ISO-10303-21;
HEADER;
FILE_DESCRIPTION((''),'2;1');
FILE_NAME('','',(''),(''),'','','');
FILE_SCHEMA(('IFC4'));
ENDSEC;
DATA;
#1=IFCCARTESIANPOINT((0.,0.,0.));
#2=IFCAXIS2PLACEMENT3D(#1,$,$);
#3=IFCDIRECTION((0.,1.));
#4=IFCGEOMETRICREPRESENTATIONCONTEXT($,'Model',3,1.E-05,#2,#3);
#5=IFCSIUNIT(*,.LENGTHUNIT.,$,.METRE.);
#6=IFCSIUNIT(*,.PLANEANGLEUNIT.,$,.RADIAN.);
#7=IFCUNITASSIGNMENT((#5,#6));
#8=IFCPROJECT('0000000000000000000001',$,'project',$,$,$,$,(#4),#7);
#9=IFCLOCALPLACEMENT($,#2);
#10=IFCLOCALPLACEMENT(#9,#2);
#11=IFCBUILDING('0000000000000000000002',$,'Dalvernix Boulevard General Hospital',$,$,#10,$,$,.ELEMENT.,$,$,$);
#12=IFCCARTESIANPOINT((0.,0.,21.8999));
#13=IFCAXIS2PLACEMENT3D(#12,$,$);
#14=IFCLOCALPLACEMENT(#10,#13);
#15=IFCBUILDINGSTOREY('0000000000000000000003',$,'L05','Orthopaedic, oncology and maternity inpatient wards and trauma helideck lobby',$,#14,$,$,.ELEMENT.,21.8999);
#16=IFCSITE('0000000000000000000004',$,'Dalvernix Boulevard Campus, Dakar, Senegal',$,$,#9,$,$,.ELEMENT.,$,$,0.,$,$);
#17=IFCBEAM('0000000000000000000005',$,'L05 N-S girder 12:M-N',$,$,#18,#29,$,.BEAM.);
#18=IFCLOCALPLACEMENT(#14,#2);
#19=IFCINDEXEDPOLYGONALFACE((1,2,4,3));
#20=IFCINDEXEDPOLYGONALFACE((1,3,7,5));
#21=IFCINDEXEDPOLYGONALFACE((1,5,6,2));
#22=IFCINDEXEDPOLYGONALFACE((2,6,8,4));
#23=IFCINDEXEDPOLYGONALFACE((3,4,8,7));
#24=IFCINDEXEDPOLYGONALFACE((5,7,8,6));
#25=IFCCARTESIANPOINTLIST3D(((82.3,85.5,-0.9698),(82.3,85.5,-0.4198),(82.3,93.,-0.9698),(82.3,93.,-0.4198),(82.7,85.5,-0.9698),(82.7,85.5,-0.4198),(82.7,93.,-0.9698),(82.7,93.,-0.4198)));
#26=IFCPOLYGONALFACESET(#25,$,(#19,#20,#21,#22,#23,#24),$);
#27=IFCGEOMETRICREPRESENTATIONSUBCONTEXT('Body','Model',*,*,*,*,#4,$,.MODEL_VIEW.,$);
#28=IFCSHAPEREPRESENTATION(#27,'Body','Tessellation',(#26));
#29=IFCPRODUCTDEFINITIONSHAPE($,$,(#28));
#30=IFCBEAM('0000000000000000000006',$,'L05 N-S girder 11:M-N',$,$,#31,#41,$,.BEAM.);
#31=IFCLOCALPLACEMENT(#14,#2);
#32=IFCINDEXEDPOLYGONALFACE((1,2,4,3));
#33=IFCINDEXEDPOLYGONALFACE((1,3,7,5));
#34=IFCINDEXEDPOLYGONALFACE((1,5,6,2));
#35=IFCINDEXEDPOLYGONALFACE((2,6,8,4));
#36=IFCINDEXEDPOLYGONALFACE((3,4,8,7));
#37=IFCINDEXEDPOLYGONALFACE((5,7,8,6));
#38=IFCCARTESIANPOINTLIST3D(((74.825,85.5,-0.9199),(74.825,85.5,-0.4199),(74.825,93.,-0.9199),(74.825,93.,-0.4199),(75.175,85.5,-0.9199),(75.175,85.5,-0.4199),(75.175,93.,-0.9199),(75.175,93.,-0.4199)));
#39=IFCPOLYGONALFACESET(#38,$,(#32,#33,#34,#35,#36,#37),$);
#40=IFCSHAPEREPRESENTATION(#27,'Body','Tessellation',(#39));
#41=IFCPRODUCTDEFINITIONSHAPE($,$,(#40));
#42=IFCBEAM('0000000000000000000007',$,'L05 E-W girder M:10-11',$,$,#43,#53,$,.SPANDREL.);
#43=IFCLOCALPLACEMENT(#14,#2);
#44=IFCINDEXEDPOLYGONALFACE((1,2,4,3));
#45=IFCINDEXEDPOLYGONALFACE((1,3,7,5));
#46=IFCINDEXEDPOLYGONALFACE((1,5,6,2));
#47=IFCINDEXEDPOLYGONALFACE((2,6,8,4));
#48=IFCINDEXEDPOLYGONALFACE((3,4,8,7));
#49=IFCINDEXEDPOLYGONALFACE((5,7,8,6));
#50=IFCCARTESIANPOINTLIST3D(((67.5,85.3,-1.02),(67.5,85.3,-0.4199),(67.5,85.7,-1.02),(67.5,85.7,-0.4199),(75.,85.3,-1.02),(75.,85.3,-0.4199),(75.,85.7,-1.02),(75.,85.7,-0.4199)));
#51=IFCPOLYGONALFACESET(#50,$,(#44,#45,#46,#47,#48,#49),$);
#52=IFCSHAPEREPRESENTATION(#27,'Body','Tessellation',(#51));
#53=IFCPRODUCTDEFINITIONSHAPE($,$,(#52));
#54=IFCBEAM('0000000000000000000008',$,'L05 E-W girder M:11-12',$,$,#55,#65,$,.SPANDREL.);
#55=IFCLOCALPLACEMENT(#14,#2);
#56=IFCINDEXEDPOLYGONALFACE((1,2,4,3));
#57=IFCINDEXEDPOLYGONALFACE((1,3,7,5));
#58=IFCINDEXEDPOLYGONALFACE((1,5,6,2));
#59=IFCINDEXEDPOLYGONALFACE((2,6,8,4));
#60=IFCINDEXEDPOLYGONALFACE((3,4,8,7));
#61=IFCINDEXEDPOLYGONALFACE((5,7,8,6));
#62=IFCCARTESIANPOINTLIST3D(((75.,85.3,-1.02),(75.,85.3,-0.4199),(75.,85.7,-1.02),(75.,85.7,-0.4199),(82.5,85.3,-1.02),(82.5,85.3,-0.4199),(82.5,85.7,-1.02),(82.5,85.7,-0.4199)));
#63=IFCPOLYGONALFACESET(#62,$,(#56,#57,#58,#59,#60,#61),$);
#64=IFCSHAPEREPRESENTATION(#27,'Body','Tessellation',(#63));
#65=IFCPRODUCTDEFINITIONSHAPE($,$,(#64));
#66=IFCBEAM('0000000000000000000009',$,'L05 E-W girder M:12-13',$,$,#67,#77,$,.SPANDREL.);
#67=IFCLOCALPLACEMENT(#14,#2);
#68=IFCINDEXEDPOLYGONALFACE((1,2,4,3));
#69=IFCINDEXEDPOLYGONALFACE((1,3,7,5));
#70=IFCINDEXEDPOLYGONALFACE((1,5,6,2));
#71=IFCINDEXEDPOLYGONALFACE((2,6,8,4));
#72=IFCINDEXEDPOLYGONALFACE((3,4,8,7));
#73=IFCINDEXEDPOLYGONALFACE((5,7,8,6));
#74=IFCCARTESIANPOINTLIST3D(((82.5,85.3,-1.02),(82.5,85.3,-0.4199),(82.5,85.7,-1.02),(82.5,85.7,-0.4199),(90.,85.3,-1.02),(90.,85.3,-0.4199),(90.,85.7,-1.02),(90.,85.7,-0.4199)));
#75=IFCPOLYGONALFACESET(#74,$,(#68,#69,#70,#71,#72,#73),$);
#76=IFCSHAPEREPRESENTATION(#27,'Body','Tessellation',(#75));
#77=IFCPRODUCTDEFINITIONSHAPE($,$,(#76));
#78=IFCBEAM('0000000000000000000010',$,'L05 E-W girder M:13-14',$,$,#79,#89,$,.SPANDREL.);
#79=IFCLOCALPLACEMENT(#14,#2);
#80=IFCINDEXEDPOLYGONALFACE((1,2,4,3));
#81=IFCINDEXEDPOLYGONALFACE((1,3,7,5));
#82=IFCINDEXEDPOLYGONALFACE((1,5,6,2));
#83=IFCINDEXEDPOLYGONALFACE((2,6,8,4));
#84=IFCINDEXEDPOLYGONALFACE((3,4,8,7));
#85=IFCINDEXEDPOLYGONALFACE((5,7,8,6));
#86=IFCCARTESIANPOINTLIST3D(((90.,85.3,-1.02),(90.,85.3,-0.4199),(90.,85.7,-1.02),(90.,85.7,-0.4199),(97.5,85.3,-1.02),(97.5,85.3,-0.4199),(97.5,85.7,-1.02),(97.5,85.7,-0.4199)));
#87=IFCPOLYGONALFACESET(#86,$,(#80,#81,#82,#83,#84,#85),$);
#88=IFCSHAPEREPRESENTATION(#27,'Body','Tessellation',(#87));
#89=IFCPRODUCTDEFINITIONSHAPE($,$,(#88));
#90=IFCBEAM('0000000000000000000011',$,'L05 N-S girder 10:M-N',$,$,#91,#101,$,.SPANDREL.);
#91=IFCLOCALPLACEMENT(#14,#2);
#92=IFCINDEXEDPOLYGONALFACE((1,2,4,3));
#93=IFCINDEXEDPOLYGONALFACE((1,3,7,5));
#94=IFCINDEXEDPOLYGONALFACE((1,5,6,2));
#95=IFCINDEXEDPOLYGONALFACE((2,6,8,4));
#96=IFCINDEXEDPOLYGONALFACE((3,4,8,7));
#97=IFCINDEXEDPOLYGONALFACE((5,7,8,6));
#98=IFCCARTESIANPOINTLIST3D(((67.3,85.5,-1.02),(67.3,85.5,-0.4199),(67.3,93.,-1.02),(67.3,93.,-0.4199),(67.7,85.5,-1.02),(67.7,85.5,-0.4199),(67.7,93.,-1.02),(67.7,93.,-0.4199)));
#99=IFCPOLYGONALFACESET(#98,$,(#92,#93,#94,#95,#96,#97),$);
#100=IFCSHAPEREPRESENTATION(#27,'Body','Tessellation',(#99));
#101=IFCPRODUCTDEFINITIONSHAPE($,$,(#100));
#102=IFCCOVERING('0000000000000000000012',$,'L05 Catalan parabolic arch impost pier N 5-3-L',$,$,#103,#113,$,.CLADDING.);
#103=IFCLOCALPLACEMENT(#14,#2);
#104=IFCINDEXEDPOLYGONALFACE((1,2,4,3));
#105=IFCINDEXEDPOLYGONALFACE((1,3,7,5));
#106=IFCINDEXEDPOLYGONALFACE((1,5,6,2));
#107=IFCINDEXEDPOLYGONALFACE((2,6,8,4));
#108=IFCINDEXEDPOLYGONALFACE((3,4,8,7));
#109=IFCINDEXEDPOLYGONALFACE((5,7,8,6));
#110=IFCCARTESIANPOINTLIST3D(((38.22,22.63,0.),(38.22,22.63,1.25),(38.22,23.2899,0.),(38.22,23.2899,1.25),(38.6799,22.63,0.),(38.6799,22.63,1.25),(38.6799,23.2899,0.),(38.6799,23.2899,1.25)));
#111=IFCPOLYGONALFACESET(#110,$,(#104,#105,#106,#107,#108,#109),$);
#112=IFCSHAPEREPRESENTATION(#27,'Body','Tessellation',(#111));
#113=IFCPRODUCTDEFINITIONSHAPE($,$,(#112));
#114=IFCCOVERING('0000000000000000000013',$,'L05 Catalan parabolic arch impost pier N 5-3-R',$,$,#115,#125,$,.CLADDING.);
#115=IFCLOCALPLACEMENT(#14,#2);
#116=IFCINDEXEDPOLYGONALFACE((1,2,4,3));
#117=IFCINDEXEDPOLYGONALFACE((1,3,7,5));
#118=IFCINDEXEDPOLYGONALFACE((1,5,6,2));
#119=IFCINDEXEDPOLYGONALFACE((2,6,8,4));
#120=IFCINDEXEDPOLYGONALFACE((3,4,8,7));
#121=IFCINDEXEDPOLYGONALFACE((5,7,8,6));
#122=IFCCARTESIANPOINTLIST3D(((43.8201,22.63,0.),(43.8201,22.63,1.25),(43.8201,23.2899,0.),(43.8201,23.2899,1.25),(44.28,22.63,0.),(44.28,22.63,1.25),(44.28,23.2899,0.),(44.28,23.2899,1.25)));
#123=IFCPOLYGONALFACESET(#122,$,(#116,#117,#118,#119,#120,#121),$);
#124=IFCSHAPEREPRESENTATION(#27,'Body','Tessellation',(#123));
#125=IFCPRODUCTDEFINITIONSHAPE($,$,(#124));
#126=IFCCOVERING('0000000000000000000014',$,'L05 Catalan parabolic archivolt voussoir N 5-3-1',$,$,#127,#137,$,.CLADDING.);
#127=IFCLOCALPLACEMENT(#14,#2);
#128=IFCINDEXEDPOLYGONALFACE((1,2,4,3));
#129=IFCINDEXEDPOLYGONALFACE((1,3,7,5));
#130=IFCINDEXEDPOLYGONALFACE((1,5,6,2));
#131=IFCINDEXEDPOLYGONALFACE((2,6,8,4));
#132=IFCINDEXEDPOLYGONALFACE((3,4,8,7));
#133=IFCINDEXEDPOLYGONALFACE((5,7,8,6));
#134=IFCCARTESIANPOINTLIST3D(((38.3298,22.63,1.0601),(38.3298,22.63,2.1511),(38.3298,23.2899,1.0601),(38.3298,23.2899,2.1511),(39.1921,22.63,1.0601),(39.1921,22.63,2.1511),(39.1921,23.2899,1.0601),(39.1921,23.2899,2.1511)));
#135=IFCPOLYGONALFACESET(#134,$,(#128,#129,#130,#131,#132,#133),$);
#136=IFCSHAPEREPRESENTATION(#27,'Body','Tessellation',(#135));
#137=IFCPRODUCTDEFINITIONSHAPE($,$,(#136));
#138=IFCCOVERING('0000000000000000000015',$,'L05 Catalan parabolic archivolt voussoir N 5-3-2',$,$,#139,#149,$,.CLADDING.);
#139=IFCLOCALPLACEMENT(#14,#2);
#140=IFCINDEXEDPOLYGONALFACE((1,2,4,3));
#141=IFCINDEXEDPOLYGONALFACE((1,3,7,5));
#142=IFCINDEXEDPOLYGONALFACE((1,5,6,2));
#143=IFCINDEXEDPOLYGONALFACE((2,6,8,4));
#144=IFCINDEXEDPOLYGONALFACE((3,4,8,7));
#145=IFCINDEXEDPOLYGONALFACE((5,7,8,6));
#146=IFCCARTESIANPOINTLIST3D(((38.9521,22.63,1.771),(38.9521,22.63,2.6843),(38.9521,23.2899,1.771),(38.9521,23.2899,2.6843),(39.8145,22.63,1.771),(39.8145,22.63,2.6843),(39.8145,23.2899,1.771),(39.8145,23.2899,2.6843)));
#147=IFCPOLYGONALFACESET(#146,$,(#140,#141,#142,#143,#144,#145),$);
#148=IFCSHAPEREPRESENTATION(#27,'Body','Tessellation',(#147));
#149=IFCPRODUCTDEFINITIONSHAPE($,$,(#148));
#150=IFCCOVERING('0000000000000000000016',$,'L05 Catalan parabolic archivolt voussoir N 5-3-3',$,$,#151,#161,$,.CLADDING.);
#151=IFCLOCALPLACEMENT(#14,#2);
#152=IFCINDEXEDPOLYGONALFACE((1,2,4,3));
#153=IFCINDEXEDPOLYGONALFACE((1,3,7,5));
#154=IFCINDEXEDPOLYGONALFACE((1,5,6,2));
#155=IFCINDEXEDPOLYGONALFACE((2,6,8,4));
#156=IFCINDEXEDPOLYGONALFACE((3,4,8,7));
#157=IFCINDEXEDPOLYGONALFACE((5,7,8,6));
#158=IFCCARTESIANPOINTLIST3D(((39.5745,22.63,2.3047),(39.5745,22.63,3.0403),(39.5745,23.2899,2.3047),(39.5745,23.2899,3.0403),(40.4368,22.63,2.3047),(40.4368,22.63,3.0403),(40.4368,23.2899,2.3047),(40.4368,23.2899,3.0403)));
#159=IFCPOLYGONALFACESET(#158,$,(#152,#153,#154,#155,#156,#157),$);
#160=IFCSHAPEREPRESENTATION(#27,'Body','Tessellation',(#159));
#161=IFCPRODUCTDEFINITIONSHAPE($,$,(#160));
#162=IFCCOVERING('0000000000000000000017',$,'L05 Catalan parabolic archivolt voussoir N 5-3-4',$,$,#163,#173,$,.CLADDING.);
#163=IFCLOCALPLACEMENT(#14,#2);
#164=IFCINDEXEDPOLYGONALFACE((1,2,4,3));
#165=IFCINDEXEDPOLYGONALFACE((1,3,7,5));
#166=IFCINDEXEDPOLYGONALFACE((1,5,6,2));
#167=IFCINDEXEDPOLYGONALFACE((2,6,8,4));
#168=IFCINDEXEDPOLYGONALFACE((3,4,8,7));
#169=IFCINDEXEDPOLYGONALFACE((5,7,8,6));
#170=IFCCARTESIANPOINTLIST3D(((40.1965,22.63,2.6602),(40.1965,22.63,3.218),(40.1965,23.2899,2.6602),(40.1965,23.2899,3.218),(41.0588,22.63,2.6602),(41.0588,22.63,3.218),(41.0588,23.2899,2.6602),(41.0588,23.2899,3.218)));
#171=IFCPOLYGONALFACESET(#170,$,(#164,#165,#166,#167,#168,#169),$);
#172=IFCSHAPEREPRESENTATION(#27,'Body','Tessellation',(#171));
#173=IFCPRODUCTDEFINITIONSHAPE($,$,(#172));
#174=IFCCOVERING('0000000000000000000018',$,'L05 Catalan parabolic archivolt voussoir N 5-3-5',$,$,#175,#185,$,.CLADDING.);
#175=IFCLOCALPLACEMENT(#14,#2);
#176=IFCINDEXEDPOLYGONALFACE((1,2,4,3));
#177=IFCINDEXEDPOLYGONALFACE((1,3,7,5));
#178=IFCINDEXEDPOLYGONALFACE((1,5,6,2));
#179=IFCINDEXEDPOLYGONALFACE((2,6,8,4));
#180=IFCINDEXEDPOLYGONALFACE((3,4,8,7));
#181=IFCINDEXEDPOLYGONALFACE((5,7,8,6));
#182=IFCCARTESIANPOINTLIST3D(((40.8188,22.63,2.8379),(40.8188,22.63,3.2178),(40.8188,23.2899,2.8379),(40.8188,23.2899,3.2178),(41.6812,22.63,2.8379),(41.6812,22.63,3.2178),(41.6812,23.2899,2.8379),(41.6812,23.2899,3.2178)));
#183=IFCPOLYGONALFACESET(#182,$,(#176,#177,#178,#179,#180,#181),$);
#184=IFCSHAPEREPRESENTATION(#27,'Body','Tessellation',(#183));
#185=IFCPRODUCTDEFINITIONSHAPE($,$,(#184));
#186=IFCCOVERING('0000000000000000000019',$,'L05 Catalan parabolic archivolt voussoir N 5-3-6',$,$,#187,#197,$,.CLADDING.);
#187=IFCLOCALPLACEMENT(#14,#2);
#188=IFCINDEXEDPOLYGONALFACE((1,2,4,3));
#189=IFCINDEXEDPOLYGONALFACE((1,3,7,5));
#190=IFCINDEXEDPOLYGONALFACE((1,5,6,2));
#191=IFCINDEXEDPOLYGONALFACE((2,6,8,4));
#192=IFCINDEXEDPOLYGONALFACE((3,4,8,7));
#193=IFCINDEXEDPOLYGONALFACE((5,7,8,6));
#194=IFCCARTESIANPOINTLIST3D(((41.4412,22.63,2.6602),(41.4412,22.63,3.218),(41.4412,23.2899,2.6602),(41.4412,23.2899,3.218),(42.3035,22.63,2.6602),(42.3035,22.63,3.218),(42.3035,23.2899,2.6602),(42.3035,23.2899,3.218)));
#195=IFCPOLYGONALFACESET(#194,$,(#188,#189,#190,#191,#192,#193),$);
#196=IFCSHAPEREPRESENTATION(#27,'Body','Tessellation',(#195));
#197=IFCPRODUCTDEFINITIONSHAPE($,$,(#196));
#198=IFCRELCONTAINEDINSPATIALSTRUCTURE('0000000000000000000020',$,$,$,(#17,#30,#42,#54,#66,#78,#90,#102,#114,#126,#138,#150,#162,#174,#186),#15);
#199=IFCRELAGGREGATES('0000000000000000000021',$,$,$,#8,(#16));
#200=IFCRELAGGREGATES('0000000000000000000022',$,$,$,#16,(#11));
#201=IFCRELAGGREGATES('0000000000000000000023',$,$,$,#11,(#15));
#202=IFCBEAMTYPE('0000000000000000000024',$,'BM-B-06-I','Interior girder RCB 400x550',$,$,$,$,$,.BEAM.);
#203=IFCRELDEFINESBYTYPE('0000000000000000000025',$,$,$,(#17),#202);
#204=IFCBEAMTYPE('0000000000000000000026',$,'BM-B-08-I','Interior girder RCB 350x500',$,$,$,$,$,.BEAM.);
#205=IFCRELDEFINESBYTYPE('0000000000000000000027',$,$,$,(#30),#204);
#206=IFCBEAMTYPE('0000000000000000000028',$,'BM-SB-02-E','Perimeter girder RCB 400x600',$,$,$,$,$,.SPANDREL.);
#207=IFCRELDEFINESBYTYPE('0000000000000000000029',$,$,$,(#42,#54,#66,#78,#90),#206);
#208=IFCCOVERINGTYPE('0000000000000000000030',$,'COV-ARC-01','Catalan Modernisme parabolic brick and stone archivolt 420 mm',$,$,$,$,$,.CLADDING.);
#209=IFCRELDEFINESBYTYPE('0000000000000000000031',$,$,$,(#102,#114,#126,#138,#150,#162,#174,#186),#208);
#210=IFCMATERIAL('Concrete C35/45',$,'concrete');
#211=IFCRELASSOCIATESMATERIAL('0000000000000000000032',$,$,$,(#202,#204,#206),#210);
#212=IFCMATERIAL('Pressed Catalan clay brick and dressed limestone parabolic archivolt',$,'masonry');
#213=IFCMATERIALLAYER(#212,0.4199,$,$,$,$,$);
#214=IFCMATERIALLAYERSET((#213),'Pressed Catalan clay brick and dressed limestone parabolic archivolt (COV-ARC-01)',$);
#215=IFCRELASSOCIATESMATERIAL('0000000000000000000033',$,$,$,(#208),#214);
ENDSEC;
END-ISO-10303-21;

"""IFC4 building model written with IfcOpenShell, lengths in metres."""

from ifc_helpers import new_model, si_unit, direction, frame, origin, origin_2d, place, context, subcontext, project, spatial, rectangle, extrude, material, layer, layer_set, material_profile, profile_set, type_object, element, save


model = new_model("IFC4")

# Units and contexts
model_context = context("Model", 3, precision=1e-05, world=origin(), true_north=direction((0.0, 1.0)))
body_context = subcontext(model_context, "Body", "Model", "MODEL_VIEW")
ifc_project = project(units=[si_unit("LENGTHUNIT", "METRE"), si_unit("PLANEANGLEUNIT", "RADIAN")], contexts=[model_context])

# Site, building, storey
site_placement = place(None, origin())
site = spatial("IfcSite", under=ifc_project, at=site_placement, Name="Dalvernix Boulevard Campus, Dakar, Senegal", CompositionType="ELEMENT", RefElevation=0.0)
building_placement = place(site_placement, origin())
building = spatial("IfcBuilding", under=site, at=building_placement, Name="Dalvernix Boulevard General Hospital", CompositionType="ELEMENT")
storey_placement = place(building_placement, frame((0.0, 0.0, 21.8999)))
storey = spatial("IfcBuildingStorey", under=building, at=storey_placement, Name="L05", Description="Orthopaedic, oncology and maternity inpatient wards and trauma helideck lobby", CompositionType="ELEMENT", Elevation=21.8999)

# Beams
ifc_material_1 = material(Name="Concrete C35/45", Category="concrete")
ifc_material_profile_1 = material_profile(ifc_material_1, rectangle(XDim=0.3999, YDim=0.55, at=origin_2d()), Name="RCB 400x550")
ifc_profile_set_1 = profile_set([ifc_material_profile_1], Name="Concrete C35/45")
beam_type_1 = type_object("IfcBeamType", Name="BM-B-06-I", Description="Interior girder RCB 400x550", PredefinedType="BEAM", material=ifc_profile_set_1)
beam_1_placement = place(storey_placement, frame((82.5, 85.5, -0.6948), z_axis=(0.0, 1.0, 0.0), x_axis=(-1.0, 0.0, 0.0)))
element("IfcBeam", 1, at=beam_1_placement, inside=storey, type_object=beam_type_1, Name="L05 N-S girder 12:M-N", PredefinedType="BEAM", context=body_context, shape_type="SweptSolid", body=[
    extrude(rectangle(XDim=0.3999, YDim=0.55, at=origin_2d()), origin(), (0.0, 0.0, 1.0), 7.5),
])
ifc_material_profile_2 = material_profile(ifc_material_1, rectangle(XDim=0.3501, YDim=0.5, at=origin_2d()), Name="RCB 350x500")
ifc_profile_set_2 = profile_set([ifc_material_profile_2], Name="Concrete C35/45")
beam_type_2 = type_object("IfcBeamType", Name="BM-B-08-I", Description="Interior girder RCB 350x500", PredefinedType="BEAM", material=ifc_profile_set_2)
beam_2_placement = place(storey_placement, frame((75.0, 85.5, -0.6699), z_axis=(0.0, 1.0, 0.0), x_axis=(-1.0, 0.0, 0.0)))
element("IfcBeam", 2, at=beam_2_placement, inside=storey, type_object=beam_type_2, Name="L05 N-S girder 11:M-N", PredefinedType="BEAM", context=body_context, shape_type="SweptSolid", body=[
    extrude(rectangle(XDim=0.3501, YDim=0.5, at=origin_2d()), origin(), (0.0, 0.0, 1.0), 7.5),
])
ifc_material_profile_3 = material_profile(ifc_material_1, rectangle(XDim=0.3999, YDim=0.6001, at=origin_2d()), Name="RCB 400x600")
ifc_profile_set_3 = profile_set([ifc_material_profile_3], Name="Concrete C35/45")
beam_type_3 = type_object("IfcBeamType", Name="BM-SB-02-E", Description="Perimeter girder RCB 400x600", PredefinedType="SPANDREL", material=ifc_profile_set_3)
for number, where, z_axis, x_axis, name in (
    (3, (67.5, 85.5, -0.72), (1.0, 0.0, 0.0), (0.0, 1.0, 0.0), "L05 E-W girder M:10-11"),
    (4, (75.0, 85.5, -0.72), (1.0, 0.0, 0.0), (0.0, 1.0, 0.0), "L05 E-W girder M:11-12"),
    (5, (82.5, 85.5, -0.72), (1.0, 0.0, 0.0), (0.0, 1.0, 0.0), "L05 E-W girder M:12-13"),
    (6, (90.0, 85.5, -0.72), (1.0, 0.0, 0.0), (0.0, 1.0, 0.0), "L05 E-W girder M:13-14"),
    (7, (67.5, 85.5, -0.72), (0.0, 1.0, 0.0), (-1.0, 0.0, 0.0), "L05 N-S girder 10:M-N"),
):
    element("IfcBeam", number, at=place(storey_placement, frame(where, z_axis=z_axis, x_axis=x_axis)), inside=storey, type_object=beam_type_3, Name=name, PredefinedType="SPANDREL", context=body_context, shape_type="SweptSolid", body=[
        extrude(rectangle(XDim=0.3999, YDim=0.6001, at=origin_2d()), origin(), (0.0, 0.0, 1.0), 7.5),
    ])

# Coverings
ifc_material_2 = material(Name="Pressed Catalan clay brick and dressed limestone parabolic archivolt", Category="masonry")
ifc_layer_1 = layer(ifc_material_2, 0.4199)
ifc_layer_set_1 = layer_set([ifc_layer_1], Name="Pressed Catalan clay brick and dressed limestone parabolic archivolt (COV-ARC-01)")
covering_type_1 = type_object("IfcCoveringType", Name="COV-ARC-01", Description="Catalan Modernisme parabolic brick and stone archivolt 420 mm", PredefinedType="CLADDING", material=ifc_layer_set_1)
for number, where, z_axis, x_axis, name in (
    (8, (38.45, 22.96, 0.0), (0.0, 0.0, 1.0), (1.0, 0.0, 0.0), "L05 Catalan parabolic arch impost pier N 5-3-L"),
    (9, (44.05, 22.96, 0.0), (0.0, 0.0, 1.0), (1.0, 0.0, 0.0), "L05 Catalan parabolic arch impost pier N 5-3-R"),
):
    element("IfcCovering", number, at=place(storey_placement, frame(where, z_axis=z_axis, x_axis=x_axis)), inside=storey, type_object=covering_type_1, Name=name, PredefinedType="CLADDING", context=body_context, shape_type="SweptSolid", body=[
        extrude(rectangle(XDim=0.46, YDim=0.6599, at=origin_2d()), origin(), (0.0, 0.0, 1.0), 1.25),
    ])
covering_1_placement = place(storey_placement, frame((38.761, 22.96, 1.0601), z_axis=(0.0, 0.0, 1.0), x_axis=(1.0, 0.0, 0.0)))
element("IfcCovering", 10, at=covering_1_placement, inside=storey, type_object=covering_type_1, Name="L05 Catalan parabolic archivolt voussoir N 5-3-1", PredefinedType="CLADDING", context=body_context, shape_type="SweptSolid", body=[
    extrude(rectangle(XDim=0.8623, YDim=0.6599, at=origin_2d()), origin(), (0.0, 0.0, 1.0), 1.0911),
])
covering_2_placement = place(storey_placement, frame((39.3833, 22.96, 1.771), z_axis=(0.0, 0.0, 1.0), x_axis=(1.0, 0.0, 0.0)))
element("IfcCovering", 11, at=covering_2_placement, inside=storey, type_object=covering_type_1, Name="L05 Catalan parabolic archivolt voussoir N 5-3-2", PredefinedType="CLADDING", context=body_context, shape_type="SweptSolid", body=[
    extrude(rectangle(XDim=0.8623, YDim=0.6599, at=origin_2d()), origin(), (0.0, 0.0, 1.0), 0.9133),
])
covering_3_placement = place(storey_placement, frame((40.0056, 22.96, 2.3047), z_axis=(0.0, 0.0, 1.0), x_axis=(1.0, 0.0, 0.0)))
element("IfcCovering", 12, at=covering_3_placement, inside=storey, type_object=covering_type_1, Name="L05 Catalan parabolic archivolt voussoir N 5-3-3", PredefinedType="CLADDING", context=body_context, shape_type="SweptSolid", body=[
    extrude(rectangle(XDim=0.8623, YDim=0.6599, at=origin_2d()), origin(), (0.0, 0.0, 1.0), 0.7356),
])
covering_4_placement = place(storey_placement, frame((40.6277, 22.96, 2.6602), z_axis=(0.0, 0.0, 1.0), x_axis=(1.0, 0.0, 0.0)))
element("IfcCovering", 13, at=covering_4_placement, inside=storey, type_object=covering_type_1, Name="L05 Catalan parabolic archivolt voussoir N 5-3-4", PredefinedType="CLADDING", context=body_context, shape_type="SweptSolid", body=[
    extrude(rectangle(XDim=0.8623, YDim=0.6599, at=origin_2d()), origin(), (0.0, 0.0, 1.0), 0.5579),
])
covering_5_placement = place(storey_placement, frame((41.25, 22.96, 2.8379), z_axis=(0.0, 0.0, 1.0), x_axis=(1.0, 0.0, 0.0)))
element("IfcCovering", 14, at=covering_5_placement, inside=storey, type_object=covering_type_1, Name="L05 Catalan parabolic archivolt voussoir N 5-3-5", PredefinedType="CLADDING", context=body_context, shape_type="SweptSolid", body=[
    extrude(rectangle(XDim=0.8623, YDim=0.6599, at=origin_2d()), origin(), (0.0, 0.0, 1.0), 0.3799),
])
covering_6_placement = place(storey_placement, frame((41.8723, 22.96, 2.6602), z_axis=(0.0, 0.0, 1.0), x_axis=(1.0, 0.0, 0.0)))
element("IfcCovering", 15, at=covering_6_placement, inside=storey, type_object=covering_type_1, Name="L05 Catalan parabolic archivolt voussoir N 5-3-6", PredefinedType="CLADDING", context=body_context, shape_type="SweptSolid", body=[
    extrude(rectangle(XDim=0.8623, YDim=0.6599, at=origin_2d()), origin(), (0.0, 0.0, 1.0), 0.5579),
])

save(model, "model.ifc")
